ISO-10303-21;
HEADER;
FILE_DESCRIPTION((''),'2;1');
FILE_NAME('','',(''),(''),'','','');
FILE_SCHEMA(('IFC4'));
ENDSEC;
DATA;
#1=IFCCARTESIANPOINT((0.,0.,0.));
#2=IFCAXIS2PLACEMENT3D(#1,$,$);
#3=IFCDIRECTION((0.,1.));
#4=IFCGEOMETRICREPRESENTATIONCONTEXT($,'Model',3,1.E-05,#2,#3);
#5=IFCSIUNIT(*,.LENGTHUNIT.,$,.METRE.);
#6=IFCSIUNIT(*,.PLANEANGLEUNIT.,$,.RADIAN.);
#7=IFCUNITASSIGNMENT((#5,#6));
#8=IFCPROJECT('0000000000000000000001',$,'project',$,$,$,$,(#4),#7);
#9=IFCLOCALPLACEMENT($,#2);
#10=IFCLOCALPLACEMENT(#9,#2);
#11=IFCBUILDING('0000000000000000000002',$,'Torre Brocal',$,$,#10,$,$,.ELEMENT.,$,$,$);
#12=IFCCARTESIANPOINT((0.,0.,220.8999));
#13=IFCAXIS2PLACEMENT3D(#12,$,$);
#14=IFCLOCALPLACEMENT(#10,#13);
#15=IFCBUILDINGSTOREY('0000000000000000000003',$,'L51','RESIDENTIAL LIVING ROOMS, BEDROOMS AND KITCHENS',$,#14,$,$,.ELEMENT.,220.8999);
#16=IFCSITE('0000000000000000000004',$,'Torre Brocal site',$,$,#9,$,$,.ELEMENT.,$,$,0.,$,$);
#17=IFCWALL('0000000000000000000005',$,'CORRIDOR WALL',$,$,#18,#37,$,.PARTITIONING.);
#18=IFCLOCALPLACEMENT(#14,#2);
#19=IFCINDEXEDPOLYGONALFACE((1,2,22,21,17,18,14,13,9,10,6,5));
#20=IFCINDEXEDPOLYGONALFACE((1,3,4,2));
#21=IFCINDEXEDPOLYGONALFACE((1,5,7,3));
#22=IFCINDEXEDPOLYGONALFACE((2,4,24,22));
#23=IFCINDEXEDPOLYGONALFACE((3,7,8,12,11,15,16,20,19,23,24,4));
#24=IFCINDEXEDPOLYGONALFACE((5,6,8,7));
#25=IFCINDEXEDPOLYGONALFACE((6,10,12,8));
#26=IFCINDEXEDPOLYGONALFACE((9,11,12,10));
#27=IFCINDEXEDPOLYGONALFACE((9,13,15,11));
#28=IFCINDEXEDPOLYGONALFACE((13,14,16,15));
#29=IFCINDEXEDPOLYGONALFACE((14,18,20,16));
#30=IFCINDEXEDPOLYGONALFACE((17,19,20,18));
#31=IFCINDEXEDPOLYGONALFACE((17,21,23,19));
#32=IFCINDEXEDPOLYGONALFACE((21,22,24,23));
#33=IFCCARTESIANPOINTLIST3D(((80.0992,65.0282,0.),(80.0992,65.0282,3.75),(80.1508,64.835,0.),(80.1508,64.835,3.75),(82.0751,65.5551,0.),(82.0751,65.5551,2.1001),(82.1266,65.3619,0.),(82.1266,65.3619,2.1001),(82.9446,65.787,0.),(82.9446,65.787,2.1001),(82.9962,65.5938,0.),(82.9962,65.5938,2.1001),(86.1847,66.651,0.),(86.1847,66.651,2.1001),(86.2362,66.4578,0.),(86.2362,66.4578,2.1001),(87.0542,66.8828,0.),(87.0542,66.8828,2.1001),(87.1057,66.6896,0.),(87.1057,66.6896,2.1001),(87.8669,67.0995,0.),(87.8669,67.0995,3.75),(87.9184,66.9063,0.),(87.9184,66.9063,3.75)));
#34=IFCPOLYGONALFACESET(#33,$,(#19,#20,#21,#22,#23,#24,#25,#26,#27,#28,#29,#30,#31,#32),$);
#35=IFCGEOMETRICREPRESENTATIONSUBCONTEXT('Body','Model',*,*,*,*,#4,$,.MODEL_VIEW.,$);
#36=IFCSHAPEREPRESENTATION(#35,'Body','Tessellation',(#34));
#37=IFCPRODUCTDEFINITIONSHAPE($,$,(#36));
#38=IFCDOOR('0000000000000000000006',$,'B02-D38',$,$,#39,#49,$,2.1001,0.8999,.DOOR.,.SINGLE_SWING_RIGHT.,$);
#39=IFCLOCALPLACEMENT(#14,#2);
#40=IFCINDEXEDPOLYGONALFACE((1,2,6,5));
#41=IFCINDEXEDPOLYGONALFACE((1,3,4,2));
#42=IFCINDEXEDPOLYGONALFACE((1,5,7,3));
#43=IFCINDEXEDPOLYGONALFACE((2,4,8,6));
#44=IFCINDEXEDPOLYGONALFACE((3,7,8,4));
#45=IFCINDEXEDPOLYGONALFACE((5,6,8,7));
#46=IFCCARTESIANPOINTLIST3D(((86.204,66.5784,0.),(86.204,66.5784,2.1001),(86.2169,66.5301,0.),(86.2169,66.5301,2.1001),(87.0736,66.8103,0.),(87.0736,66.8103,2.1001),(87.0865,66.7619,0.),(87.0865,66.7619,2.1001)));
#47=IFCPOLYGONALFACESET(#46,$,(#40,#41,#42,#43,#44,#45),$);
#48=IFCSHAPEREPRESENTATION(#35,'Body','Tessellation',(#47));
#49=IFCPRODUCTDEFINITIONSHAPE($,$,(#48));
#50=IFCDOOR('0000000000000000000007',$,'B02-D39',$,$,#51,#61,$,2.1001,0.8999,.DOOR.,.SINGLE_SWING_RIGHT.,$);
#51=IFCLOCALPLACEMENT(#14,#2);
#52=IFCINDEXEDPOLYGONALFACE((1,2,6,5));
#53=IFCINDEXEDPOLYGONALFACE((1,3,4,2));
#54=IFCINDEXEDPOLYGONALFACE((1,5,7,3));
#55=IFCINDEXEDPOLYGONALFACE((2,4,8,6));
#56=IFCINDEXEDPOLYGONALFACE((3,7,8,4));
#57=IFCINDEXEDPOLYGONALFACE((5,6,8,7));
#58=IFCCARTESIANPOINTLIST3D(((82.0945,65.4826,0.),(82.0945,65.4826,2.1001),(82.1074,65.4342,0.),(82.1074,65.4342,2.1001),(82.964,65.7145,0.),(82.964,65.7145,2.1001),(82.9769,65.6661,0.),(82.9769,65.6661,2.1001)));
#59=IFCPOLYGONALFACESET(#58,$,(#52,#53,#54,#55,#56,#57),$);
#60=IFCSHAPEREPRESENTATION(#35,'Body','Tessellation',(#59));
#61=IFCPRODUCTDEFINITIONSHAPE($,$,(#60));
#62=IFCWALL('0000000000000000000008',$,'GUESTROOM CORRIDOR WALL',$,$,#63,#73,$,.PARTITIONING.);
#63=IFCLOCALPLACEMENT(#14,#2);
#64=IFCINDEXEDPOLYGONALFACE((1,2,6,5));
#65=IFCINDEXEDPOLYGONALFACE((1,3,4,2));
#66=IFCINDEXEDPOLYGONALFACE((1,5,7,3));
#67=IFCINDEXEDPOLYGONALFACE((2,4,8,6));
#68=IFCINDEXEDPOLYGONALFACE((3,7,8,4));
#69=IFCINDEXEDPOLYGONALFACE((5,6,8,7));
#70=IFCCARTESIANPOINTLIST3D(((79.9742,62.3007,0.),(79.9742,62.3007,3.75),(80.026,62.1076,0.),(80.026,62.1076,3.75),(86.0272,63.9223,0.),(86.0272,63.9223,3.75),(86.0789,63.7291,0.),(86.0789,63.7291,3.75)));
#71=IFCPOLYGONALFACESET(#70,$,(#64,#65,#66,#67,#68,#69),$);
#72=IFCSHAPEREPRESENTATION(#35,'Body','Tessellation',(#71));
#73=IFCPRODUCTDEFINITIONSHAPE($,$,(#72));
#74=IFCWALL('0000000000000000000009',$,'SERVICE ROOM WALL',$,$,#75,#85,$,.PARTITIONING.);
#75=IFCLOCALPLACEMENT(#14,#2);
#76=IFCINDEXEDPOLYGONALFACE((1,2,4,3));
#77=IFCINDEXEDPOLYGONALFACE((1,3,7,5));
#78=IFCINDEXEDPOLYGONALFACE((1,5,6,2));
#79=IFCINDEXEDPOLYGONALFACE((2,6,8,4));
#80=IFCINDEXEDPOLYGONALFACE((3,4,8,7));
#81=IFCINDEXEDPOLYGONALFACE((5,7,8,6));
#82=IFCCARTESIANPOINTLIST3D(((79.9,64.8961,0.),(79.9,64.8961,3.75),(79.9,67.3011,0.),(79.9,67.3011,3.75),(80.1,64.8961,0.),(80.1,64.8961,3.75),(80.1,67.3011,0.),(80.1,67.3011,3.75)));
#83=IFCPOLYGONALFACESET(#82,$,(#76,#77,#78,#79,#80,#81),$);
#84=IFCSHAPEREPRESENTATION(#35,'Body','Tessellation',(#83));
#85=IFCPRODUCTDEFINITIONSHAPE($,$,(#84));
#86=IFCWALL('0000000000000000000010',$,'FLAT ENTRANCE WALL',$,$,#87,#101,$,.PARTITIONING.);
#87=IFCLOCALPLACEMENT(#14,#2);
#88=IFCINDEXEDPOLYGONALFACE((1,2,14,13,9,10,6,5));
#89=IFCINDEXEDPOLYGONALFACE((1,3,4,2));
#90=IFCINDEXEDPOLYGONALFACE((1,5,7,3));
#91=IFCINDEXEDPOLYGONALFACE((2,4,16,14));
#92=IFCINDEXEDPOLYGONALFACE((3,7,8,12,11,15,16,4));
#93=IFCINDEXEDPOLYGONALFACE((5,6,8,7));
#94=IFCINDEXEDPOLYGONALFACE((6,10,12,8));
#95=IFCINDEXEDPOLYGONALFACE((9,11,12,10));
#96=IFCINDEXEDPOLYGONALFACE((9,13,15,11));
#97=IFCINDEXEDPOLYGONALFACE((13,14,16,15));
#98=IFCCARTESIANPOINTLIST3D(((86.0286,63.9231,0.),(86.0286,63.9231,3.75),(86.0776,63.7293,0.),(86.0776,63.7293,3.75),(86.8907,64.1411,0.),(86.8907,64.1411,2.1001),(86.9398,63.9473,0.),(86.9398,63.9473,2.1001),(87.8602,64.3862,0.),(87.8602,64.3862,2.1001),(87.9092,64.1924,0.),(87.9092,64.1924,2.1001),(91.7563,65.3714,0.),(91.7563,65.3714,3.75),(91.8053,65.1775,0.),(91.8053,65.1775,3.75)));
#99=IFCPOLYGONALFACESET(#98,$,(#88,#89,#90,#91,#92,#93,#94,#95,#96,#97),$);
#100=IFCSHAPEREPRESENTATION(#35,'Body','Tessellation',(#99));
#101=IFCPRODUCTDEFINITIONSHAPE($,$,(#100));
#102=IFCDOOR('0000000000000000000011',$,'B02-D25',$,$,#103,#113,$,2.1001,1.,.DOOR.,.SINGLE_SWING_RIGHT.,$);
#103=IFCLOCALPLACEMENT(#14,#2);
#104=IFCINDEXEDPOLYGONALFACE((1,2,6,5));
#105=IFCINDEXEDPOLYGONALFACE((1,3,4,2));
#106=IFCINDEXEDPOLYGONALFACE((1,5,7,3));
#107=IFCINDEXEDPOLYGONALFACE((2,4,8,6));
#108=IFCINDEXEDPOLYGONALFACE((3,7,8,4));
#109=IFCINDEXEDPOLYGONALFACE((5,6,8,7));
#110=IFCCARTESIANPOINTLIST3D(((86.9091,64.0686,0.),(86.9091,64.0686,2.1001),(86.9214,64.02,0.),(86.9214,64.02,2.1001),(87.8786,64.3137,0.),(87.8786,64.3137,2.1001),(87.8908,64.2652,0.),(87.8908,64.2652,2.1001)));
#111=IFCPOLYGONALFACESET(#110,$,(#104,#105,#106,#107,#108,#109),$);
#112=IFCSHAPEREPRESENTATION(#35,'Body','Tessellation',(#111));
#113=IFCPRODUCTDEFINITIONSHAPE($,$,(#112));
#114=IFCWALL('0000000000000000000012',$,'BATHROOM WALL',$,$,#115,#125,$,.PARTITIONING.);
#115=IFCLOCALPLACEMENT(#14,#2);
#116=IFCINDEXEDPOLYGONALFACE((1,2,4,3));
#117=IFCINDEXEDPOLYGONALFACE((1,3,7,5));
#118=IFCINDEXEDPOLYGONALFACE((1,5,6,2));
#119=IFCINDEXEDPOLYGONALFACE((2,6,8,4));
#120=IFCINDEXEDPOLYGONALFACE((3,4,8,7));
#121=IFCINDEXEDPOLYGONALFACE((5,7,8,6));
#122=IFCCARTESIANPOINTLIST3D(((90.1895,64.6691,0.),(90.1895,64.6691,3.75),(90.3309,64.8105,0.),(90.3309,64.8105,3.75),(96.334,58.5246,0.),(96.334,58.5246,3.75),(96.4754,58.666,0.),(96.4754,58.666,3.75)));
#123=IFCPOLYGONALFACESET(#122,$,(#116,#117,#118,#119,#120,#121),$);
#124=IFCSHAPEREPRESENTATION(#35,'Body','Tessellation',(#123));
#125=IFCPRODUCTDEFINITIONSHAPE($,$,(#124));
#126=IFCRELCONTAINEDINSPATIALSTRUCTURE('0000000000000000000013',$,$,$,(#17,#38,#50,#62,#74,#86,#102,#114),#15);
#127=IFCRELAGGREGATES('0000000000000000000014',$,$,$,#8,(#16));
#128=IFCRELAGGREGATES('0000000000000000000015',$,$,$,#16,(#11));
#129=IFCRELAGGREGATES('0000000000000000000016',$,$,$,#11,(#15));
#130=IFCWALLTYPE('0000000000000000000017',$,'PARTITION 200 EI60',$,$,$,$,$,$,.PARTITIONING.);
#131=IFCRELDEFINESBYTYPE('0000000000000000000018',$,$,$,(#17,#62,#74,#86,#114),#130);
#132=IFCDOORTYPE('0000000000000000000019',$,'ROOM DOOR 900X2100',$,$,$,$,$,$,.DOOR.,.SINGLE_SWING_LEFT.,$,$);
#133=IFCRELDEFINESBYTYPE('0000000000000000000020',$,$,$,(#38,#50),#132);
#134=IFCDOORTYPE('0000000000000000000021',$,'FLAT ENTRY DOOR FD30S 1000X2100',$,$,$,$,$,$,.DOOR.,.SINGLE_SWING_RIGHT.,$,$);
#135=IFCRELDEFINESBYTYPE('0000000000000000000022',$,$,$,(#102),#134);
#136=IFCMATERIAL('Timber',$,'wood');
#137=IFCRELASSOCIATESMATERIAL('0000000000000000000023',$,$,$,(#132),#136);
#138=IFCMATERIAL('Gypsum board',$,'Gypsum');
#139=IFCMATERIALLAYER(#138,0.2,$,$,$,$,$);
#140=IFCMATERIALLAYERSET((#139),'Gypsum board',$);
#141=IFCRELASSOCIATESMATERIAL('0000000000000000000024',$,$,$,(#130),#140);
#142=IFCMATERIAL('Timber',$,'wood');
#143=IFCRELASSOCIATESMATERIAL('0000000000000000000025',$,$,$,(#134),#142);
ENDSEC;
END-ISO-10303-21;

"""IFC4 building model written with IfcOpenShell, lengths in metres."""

from ifc_helpers import new_model, si_unit, direction, frame, frame_2d, origin, place, context, subcontext, project, spatial, rectangle, extrude, material, layer, layer_set, type_object, element, fill, save


model = new_model("IFC4")

# Units and contexts
model_context = context("Model", 3, precision=1e-05, world=origin(), true_north=direction((0.0, 1.0)))
body_context = subcontext(model_context, "Body", "Model", "MODEL_VIEW")
ifc_project = project(units=[si_unit("LENGTHUNIT", "METRE"), si_unit("PLANEANGLEUNIT", "RADIAN")], contexts=[model_context])

# Site, building, storey
site_placement = place(None, origin())
site = spatial("IfcSite", under=ifc_project, at=site_placement, Name="Torre Brocal site", CompositionType="ELEMENT", RefElevation=0.0)
building_placement = place(site_placement, origin())
building = spatial("IfcBuilding", under=site, at=building_placement, Name="Torre Brocal", CompositionType="ELEMENT")
storey_placement = place(building_placement, frame((0.0, 0.0, 220.8999)))
storey = spatial("IfcBuildingStorey", under=building, at=storey_placement, Name="L51", Description="RESIDENTIAL LIVING ROOMS, BEDROOMS AND KITCHENS", CompositionType="ELEMENT", Elevation=220.8999)

# Shared definitions
ifc_material_1 = material(Name="Timber", Category="wood")
door_type_1 = type_object("IfcDoorType", Name="ROOM DOOR 900X2100", OperationType="SINGLE_SWING_LEFT", PredefinedType="DOOR", material=ifc_material_1)

# Wall, openings, doors
ifc_material_2 = material(Name="Gypsum board", Category="Gypsum")
ifc_layer_1 = layer(ifc_material_2, 0.2)
ifc_layer_set_1 = layer_set([ifc_layer_1], Name="Gypsum board")
wall_type_1 = type_object("IfcWallType", Name="PARTITION 200 EI60", PredefinedType="PARTITIONING", material=ifc_layer_set_1)
wall_1_placement = place(storey_placement, frame((80.125, 64.9316, 0.0), z_axis=(0.0, 0.0, 1.0), x_axis=(0.966237, 0.257655, 0.0)))
wall_1 = element("IfcWall", 1, at=wall_1_placement, inside=storey, type_object=wall_type_1, Name="CORRIDOR WALL", PredefinedType="PARTITIONING", context=body_context, shape_type="SweptSolid", body=[
    extrude(rectangle(XDim=8.0391, YDim=0.2, at=frame_2d((4.0195, 0.0))), origin(), (0.0, 0.0, 1.0), 3.75),
])
opening_1_placement = place(wall_1_placement, frame((6.2981, 0.0, 0.0)))
opening_1 = element("IfcOpeningElement", 2, at=opening_1_placement, cuts=wall_1, PredefinedType="OPENING", context=body_context, shape_type="SweptSolid", body=[
    extrude(rectangle(XDim=0.8999, YDim=2.1001, at=frame_2d((0.45, 1.05))), frame((0.0, 0.1099, 0.0), z_axis=(0.0, -1.0, 0.0), x_axis=(1.0, 0.0, 0.0)), (0.0, 0.0, 1.0), 0.22),
])
opening_2_placement = place(wall_1_placement, frame((2.0449, 0.0, 0.0)))
opening_2 = element("IfcOpeningElement", 3, at=opening_2_placement, cuts=wall_1, PredefinedType="OPENING", context=body_context, shape_type="SweptSolid", body=[
    extrude(rectangle(XDim=0.8999, YDim=2.1001, at=frame_2d((0.45, 1.05))), frame((0.0, 0.1099, 0.0), z_axis=(0.0, -1.0, 0.0), x_axis=(1.0, 0.0, 0.0)), (0.0, 0.0, 1.0), 0.22),
])
door_1_placement = place(opening_1_placement, origin())
door_1 = element("IfcDoor", 4, at=door_1_placement, inside=storey, type_object=door_type_1, Name="B02-D38", OperationType="SINGLE_SWING_RIGHT", OverallHeight=2.1001, OverallWidth=0.8999, PredefinedType="DOOR", context=body_context, shape_type="SweptSolid", body=[
    extrude(rectangle(XDim=0.8999, YDim=2.1001, at=frame_2d((0.45, 1.05))), frame((0.0, 0.0249, 0.0), z_axis=(0.0, -1.0, 0.0), x_axis=(1.0, 0.0, 0.0)), (0.0, 0.0, 1.0), 0.05),
])
fill(opening_1, door_1)
door_2_placement = place(opening_2_placement, origin())
door_2 = element("IfcDoor", 5, at=door_2_placement, inside=storey, type_object=door_type_1, Name="B02-D39", OperationType="SINGLE_SWING_RIGHT", OverallHeight=2.1001, OverallWidth=0.8999, PredefinedType="DOOR", context=body_context, shape_type="SweptSolid", body=[
    extrude(rectangle(XDim=0.8999, YDim=2.1001, at=frame_2d((0.45, 1.05))), frame((0.0, 0.0249, 0.0), z_axis=(0.0, -1.0, 0.0), x_axis=(1.0, 0.0, 0.0)), (0.0, 0.0, 1.0), 0.05),
])
fill(opening_2, door_2)

# Walls
wall_2_placement = place(storey_placement, frame((80.0, 62.2041, 0.0), z_axis=(0.0, 0.0, 1.0), x_axis=(0.965938, 0.258773, 0.0)))
element("IfcWall", 6, at=wall_2_placement, inside=storey, type_object=wall_type_1, Name="GUESTROOM CORRIDOR WALL", PredefinedType="PARTITIONING", context=body_context, shape_type="SweptSolid", body=[
    extrude(rectangle(XDim=6.2664, YDim=0.2, at=frame_2d((3.1333, 0.0))), origin(), (0.0, 0.0, 1.0), 3.75),
])
wall_3_placement = place(storey_placement, frame((80.0, 64.896, 0.0), z_axis=(0.0, 0.0, 1.0), x_axis=(0.0, 1.0, 0.0)))
element("IfcWall", 7, at=wall_3_placement, inside=storey, type_object=wall_type_1, Name="SERVICE ROOM WALL", PredefinedType="PARTITIONING", context=body_context, shape_type="SweptSolid", body=[
    extrude(rectangle(XDim=2.405, YDim=0.2, at=frame_2d((1.2026, 0.0))), origin(), (0.0, 0.0, 1.0), 3.75),
])

# Wall, opening, door
wall_4_placement = place(storey_placement, frame((86.053, 63.8262, 0.0), z_axis=(0.0, 0.0, 1.0), x_axis=(0.96949, 0.245131, 0.0)))
wall_4 = element("IfcWall", 8, at=wall_4_placement, inside=storey, type_object=wall_type_1, Name="FLAT ENTRANCE WALL", PredefinedType="PARTITIONING", context=body_context, shape_type="SweptSolid", body=[
    extrude(rectangle(XDim=5.908, YDim=0.2, at=frame_2d((2.9541, 0.0))), origin(), (0.0, 0.0, 1.0), 3.75),
])
opening_3_placement = place(wall_4_placement, frame((0.8894, 0.0, 0.0)))
opening_3 = element("IfcOpeningElement", 9, at=opening_3_placement, cuts=wall_4, PredefinedType="OPENING", context=body_context, shape_type="SweptSolid", body=[
    extrude(rectangle(XDim=1.0, YDim=2.1001, at=frame_2d((0.5, 1.05))), frame((0.0, 0.1099, 0.0), z_axis=(0.0, -1.0, 0.0), x_axis=(1.0, 0.0, 0.0)), (0.0, 0.0, 1.0), 0.22),
])
ifc_material_3 = material(Name="Timber", Category="wood")
door_type_2 = type_object("IfcDoorType", Name="FLAT ENTRY DOOR FD30S 1000X2100", OperationType="SINGLE_SWING_RIGHT", PredefinedType="DOOR", material=ifc_material_3)
door_3_placement = place(opening_3_placement, frame((1.0, 0.0, 0.0), z_axis=(0.0, 0.0, 1.0), x_axis=(-1.0, 0.0, 0.0)))
door_3 = element("IfcDoor", 10, at=door_3_placement, inside=storey, type_object=door_type_2, Name="B02-D25", OperationType="SINGLE_SWING_RIGHT", OverallHeight=2.1001, OverallWidth=1.0, PredefinedType="DOOR", context=body_context, shape_type="SweptSolid", body=[
    extrude(rectangle(XDim=1.0, YDim=2.1001, at=frame_2d((0.5, 1.05))), frame((0.0, 0.0249, 0.0), z_axis=(0.0, -1.0, 0.0), x_axis=(1.0, 0.0, 0.0)), (0.0, 0.0, 1.0), 0.05),
])
fill(opening_3, door_3)

# Wall
wall_5_placement = place(storey_placement, frame((90.2603, 64.7397, 0.0), z_axis=(0.0, 0.0, 1.0), x_axis=(0.707107, -0.707107, 0.0)))
element("IfcWall", 11, at=wall_5_placement, inside=storey, type_object=wall_type_1, Name="BATHROOM WALL", PredefinedType="PARTITIONING", context=body_context, shape_type="SweptSolid", body=[
    extrude(rectangle(XDim=8.6897, YDim=0.2, at=frame_2d((4.3447, 0.0))), origin(), (0.0, 0.0, 1.0), 3.75),
])

save(model, "model.ifc")
